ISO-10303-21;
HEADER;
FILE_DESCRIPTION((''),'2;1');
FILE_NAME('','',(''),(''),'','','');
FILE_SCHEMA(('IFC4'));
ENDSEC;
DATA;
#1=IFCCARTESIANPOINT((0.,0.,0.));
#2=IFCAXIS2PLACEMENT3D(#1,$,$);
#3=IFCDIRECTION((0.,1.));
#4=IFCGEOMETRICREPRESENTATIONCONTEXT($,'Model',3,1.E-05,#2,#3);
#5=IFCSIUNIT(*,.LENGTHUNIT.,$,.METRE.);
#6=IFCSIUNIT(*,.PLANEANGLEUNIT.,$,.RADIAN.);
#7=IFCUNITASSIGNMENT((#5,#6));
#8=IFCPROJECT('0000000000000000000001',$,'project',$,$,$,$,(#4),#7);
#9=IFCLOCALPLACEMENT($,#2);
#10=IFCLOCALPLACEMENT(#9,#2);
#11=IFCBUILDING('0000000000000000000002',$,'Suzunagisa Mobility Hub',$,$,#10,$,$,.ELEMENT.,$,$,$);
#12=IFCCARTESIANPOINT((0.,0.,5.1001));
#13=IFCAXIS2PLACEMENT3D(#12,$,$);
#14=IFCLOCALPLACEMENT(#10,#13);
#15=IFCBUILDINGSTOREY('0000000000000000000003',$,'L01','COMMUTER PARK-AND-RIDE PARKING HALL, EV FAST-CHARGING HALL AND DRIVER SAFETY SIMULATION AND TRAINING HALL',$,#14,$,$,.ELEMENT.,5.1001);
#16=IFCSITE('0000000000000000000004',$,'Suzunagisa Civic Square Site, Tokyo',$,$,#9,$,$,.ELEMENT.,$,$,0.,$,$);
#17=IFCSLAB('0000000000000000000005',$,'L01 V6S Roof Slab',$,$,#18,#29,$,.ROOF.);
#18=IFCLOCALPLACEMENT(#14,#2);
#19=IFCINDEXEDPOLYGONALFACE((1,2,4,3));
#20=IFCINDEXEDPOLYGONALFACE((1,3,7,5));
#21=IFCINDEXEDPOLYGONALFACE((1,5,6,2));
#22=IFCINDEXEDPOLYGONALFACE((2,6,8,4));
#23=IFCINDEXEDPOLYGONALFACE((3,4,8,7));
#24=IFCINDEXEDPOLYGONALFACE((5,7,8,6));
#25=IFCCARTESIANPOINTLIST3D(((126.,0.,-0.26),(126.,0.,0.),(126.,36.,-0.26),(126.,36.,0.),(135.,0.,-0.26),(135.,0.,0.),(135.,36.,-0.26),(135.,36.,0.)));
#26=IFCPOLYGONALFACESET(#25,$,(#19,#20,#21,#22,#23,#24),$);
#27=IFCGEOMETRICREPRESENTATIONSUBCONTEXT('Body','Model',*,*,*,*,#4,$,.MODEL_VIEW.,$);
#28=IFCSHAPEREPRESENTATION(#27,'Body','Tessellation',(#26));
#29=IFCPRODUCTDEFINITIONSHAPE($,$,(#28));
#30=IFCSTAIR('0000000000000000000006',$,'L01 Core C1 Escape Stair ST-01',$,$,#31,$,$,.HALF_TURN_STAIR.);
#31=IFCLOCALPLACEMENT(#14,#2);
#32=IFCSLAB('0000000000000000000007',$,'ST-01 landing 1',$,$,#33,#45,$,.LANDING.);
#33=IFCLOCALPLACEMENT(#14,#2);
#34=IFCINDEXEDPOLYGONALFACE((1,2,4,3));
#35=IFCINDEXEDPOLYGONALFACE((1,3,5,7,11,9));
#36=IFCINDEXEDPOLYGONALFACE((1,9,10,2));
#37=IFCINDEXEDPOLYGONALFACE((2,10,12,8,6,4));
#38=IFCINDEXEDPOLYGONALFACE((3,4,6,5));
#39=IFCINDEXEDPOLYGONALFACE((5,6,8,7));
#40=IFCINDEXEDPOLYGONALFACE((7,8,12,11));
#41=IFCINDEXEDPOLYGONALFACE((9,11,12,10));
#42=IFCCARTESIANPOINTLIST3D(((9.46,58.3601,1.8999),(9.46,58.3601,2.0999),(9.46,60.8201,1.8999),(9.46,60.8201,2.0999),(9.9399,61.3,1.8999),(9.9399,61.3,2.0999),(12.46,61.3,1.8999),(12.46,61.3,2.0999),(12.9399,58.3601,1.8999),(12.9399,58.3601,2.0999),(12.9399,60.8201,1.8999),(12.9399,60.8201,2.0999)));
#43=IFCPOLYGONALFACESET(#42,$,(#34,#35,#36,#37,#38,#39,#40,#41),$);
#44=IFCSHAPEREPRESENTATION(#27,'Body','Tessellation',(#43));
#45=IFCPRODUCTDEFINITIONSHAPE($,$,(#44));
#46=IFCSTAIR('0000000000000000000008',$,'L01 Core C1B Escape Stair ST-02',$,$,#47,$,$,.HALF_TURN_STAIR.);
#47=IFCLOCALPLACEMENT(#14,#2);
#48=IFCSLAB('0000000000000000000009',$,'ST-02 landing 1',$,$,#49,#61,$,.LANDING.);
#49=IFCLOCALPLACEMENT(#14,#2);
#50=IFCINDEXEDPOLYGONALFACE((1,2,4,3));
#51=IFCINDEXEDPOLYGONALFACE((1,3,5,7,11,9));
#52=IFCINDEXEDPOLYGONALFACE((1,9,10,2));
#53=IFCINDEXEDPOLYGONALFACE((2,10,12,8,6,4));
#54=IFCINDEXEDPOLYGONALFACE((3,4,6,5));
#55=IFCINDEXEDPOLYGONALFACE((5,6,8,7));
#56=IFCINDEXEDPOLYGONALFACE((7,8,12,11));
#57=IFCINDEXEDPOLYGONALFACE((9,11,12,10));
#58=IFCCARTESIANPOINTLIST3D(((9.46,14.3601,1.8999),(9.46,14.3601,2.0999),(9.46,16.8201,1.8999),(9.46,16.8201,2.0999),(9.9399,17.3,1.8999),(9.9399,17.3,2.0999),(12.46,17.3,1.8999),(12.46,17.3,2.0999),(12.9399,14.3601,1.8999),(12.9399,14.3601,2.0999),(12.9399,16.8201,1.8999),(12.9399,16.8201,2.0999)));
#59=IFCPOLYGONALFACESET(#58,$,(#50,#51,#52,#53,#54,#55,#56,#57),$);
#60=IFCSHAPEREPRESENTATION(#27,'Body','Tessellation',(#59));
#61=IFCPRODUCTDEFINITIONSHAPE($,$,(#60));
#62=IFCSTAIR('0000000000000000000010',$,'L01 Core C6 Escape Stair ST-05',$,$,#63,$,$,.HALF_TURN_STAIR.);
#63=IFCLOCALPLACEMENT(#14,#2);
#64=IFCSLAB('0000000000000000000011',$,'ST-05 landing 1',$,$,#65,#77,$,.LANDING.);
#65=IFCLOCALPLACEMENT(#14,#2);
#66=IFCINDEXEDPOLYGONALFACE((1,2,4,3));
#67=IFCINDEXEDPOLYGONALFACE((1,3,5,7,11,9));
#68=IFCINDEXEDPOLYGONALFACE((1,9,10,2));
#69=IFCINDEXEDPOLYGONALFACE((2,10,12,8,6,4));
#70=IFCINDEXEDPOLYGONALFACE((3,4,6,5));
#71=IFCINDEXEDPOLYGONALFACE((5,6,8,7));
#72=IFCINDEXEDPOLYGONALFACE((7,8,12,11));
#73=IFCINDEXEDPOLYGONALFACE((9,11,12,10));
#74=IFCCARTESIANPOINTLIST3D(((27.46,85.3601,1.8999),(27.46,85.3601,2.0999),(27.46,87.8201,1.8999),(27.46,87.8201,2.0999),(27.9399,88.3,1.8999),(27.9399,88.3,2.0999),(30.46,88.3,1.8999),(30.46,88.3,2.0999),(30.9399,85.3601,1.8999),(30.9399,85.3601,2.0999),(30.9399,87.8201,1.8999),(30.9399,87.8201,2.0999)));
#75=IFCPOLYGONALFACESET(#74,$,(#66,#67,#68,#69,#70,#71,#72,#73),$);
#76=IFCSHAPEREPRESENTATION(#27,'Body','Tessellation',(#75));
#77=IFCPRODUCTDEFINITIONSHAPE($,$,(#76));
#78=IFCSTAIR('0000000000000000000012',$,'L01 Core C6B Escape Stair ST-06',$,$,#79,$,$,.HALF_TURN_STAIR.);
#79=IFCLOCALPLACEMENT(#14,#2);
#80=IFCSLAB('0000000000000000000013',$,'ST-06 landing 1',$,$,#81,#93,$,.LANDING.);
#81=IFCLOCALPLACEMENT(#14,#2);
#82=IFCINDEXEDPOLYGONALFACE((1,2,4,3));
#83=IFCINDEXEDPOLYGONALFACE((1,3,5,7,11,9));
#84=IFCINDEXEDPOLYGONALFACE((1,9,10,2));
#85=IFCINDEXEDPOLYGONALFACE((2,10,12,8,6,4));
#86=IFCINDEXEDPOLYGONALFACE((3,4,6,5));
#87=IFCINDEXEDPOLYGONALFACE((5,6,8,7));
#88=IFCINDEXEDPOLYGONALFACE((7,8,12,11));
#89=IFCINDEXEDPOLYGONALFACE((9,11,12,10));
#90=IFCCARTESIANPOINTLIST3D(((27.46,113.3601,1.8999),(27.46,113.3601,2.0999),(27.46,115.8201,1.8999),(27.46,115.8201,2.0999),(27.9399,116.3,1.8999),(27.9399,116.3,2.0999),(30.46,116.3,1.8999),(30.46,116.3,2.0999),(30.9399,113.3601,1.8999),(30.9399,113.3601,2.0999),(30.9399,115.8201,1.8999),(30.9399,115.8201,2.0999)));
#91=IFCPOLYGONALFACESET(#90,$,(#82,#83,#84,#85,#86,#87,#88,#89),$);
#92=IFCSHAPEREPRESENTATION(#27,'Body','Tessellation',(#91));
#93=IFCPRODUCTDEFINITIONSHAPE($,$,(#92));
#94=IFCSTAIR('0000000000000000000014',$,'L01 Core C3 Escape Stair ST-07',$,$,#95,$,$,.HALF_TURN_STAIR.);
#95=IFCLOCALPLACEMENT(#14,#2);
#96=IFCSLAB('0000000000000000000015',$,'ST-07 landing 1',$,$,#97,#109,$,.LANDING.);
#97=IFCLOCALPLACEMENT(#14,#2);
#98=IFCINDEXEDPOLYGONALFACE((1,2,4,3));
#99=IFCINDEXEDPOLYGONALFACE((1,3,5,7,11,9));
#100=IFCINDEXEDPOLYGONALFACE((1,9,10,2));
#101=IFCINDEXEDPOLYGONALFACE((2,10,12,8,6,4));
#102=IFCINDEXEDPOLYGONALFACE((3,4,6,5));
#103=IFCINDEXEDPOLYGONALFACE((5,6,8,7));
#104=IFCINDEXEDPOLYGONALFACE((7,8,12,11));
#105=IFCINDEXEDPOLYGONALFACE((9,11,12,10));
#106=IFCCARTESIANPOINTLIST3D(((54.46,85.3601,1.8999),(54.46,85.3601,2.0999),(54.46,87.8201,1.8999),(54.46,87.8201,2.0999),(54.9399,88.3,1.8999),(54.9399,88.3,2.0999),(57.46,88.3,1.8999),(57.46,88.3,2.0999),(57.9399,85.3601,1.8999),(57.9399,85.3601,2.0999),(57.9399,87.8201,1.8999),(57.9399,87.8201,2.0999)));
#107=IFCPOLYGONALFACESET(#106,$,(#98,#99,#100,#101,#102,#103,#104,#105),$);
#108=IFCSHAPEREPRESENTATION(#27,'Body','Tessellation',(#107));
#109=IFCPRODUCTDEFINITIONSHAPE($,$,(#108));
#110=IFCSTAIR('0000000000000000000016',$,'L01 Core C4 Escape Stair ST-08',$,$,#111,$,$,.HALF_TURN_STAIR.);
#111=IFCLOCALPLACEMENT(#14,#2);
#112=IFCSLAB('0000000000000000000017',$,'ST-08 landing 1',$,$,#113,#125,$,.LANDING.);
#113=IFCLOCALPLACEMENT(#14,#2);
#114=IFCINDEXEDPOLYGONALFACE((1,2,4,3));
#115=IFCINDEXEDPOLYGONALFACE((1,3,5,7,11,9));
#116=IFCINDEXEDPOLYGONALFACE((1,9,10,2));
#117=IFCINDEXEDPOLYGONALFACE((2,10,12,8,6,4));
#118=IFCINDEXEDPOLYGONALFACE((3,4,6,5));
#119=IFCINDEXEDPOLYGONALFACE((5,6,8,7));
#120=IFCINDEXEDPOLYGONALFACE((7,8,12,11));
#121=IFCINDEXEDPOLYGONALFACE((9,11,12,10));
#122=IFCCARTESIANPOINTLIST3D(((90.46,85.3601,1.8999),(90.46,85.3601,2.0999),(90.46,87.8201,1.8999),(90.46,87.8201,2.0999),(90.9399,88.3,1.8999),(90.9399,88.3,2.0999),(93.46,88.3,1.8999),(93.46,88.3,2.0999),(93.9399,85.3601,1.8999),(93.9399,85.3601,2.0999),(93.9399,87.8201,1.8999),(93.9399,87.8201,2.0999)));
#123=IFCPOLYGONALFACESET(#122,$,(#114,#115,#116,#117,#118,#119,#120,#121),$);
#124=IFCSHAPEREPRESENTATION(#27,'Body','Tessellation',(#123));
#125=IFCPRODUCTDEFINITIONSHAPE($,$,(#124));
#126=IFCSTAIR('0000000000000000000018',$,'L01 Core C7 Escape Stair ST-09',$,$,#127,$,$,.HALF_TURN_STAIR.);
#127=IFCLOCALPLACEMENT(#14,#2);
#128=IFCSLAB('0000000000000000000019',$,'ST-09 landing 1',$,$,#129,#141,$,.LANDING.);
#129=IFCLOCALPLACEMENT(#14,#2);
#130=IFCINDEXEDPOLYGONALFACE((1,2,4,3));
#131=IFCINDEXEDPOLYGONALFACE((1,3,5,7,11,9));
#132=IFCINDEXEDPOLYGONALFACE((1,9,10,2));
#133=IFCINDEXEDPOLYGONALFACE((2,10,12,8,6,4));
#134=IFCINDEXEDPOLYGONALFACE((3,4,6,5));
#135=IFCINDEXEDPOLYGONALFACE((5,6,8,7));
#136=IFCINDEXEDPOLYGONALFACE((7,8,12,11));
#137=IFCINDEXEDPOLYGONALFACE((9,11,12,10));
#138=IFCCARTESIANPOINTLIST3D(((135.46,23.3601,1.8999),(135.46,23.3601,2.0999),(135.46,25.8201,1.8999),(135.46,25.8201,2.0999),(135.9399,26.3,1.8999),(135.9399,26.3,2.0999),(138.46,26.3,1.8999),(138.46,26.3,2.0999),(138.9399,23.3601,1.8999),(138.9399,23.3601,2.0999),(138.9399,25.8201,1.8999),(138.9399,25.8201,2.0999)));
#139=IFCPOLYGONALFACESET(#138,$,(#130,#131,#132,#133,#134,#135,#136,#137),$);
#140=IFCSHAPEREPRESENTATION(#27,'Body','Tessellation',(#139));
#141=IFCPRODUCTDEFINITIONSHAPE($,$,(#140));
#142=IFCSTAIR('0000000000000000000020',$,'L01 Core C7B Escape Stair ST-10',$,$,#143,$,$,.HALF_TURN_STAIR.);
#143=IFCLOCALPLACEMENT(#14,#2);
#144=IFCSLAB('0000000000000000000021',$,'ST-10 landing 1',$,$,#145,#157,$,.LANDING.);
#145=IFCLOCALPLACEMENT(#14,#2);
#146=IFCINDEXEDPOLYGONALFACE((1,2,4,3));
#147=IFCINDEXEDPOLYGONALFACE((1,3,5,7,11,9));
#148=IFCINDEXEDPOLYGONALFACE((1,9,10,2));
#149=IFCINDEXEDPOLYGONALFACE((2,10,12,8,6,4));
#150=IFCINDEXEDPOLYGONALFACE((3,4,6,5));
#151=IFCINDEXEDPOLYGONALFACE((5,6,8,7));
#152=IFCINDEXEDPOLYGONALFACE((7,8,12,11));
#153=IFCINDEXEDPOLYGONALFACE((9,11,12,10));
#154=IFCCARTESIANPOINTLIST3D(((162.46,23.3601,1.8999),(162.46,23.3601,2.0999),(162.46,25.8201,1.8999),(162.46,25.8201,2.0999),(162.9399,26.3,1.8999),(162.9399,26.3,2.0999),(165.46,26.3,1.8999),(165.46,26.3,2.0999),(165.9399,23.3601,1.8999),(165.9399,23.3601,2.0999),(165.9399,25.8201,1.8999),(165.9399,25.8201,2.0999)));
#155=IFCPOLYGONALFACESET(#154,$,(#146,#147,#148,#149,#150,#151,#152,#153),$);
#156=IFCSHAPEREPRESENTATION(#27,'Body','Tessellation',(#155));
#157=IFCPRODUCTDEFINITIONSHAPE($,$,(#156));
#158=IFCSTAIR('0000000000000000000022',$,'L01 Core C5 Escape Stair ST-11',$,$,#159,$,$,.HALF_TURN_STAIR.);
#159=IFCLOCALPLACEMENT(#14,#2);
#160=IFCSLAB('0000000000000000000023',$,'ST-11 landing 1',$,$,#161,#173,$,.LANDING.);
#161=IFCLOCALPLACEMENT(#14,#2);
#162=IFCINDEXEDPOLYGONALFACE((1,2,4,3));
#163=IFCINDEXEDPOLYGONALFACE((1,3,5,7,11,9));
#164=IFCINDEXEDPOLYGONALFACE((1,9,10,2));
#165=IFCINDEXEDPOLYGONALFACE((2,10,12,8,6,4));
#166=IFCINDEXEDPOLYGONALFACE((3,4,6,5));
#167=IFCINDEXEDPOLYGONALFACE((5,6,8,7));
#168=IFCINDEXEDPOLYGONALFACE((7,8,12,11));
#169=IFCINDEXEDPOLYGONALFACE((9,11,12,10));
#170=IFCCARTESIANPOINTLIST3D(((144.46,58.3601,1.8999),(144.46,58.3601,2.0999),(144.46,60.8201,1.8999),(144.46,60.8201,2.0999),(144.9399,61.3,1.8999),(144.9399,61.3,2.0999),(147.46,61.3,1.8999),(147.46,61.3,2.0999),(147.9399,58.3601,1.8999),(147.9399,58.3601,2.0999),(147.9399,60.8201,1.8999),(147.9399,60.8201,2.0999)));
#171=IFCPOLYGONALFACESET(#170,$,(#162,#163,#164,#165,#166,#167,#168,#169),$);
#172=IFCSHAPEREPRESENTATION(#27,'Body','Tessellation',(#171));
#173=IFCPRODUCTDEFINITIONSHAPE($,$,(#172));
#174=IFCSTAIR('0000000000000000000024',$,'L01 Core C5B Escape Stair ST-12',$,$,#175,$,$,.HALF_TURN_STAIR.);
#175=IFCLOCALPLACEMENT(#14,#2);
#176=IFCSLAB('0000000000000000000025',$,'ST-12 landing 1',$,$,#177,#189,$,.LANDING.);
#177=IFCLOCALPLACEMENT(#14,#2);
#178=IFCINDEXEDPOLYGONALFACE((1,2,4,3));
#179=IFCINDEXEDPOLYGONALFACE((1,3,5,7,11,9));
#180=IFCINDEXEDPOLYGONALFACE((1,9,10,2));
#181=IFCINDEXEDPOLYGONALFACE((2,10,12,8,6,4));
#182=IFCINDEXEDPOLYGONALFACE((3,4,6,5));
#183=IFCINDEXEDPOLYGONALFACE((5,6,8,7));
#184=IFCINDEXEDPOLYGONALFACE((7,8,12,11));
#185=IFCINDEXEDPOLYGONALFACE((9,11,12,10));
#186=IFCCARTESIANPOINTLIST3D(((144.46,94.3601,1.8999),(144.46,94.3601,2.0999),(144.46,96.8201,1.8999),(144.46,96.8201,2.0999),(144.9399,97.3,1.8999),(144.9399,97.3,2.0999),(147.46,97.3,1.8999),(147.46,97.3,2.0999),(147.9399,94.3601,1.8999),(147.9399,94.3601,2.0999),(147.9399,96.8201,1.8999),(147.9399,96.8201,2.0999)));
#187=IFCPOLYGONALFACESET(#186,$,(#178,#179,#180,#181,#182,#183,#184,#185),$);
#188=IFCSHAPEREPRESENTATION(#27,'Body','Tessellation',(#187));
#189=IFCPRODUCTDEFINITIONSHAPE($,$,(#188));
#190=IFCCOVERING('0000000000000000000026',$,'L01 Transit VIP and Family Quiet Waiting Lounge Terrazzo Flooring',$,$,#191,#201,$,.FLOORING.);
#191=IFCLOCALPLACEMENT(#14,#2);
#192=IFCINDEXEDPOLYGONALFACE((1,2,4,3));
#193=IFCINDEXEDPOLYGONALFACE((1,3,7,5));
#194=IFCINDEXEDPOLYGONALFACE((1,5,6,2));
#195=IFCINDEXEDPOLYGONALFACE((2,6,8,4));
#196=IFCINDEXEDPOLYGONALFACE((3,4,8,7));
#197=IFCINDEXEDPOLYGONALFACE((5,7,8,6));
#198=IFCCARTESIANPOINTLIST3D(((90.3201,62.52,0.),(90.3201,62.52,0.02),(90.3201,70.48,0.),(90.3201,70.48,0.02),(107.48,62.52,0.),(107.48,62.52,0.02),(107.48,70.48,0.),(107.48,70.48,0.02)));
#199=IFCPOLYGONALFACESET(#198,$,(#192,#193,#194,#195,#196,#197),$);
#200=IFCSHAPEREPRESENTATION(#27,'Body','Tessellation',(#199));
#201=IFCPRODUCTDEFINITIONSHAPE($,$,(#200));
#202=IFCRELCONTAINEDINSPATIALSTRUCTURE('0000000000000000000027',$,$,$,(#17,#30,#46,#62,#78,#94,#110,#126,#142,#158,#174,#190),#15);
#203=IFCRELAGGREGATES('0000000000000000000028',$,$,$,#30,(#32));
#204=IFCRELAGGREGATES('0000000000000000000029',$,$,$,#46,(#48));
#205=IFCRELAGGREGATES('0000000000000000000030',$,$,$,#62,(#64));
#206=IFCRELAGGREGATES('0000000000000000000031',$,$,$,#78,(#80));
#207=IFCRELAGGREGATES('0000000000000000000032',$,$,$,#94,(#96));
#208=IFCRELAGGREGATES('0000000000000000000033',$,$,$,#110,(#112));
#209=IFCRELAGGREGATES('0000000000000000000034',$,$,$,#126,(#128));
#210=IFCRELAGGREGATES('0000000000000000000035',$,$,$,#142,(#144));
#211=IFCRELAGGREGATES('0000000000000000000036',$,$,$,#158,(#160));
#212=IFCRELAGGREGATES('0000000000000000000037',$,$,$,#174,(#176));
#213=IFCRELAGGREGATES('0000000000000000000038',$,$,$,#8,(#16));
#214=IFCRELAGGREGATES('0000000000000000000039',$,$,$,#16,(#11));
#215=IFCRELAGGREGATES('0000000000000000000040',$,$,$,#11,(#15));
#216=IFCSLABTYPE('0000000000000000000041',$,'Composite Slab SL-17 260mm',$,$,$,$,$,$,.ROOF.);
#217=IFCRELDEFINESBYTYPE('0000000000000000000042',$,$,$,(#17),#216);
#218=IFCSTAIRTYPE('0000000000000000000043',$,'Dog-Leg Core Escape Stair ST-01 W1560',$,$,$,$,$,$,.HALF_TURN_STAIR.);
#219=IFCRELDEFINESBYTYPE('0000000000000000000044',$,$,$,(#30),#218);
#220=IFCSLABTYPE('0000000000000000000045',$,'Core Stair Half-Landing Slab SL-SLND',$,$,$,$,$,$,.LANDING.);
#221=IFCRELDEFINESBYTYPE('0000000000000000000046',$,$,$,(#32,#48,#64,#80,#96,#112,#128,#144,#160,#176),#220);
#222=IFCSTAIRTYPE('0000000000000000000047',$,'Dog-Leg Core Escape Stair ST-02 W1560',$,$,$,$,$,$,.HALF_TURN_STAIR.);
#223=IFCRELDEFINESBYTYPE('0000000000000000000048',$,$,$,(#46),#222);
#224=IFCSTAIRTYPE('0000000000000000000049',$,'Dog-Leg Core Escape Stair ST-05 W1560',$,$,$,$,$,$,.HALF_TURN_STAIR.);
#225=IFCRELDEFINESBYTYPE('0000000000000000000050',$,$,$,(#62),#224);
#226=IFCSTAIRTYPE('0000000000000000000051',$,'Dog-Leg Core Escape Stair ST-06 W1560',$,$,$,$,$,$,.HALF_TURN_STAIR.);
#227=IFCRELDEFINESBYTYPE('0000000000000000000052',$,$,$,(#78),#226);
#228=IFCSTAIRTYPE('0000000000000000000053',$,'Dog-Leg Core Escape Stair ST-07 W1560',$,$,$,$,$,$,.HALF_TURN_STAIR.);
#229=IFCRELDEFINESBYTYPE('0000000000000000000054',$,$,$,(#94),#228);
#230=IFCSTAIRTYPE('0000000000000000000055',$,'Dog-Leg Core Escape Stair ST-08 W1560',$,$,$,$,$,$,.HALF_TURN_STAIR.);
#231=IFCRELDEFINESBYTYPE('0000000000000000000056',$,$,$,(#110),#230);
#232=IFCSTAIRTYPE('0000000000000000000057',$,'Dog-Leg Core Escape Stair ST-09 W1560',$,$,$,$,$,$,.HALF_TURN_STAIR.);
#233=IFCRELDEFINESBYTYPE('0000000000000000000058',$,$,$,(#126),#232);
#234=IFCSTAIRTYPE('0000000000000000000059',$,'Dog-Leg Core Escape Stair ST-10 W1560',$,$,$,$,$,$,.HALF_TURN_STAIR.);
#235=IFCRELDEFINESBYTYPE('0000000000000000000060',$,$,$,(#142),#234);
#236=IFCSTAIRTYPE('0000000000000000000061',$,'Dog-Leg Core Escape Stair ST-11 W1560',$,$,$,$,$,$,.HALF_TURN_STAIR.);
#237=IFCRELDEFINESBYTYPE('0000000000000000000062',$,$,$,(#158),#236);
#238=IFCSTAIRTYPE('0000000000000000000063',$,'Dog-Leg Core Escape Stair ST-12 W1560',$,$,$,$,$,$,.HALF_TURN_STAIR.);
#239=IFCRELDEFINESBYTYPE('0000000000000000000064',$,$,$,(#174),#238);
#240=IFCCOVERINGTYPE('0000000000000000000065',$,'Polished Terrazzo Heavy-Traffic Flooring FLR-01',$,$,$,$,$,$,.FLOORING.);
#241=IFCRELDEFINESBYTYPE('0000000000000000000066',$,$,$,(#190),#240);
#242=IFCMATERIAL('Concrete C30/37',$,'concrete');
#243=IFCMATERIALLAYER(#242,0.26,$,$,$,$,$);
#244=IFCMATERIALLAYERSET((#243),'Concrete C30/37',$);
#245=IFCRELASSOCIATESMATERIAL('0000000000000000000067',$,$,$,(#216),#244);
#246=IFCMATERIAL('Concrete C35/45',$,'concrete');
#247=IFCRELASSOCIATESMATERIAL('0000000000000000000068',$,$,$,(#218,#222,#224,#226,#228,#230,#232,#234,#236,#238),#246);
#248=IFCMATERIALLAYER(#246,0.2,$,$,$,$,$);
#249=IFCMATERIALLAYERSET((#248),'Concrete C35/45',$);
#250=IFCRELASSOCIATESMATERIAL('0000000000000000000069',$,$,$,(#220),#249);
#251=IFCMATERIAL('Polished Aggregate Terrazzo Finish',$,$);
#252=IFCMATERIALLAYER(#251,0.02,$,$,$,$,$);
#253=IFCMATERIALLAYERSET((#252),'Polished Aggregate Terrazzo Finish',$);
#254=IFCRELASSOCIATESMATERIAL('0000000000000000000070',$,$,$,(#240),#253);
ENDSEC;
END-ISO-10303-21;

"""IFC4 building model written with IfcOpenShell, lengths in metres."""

from ifc_helpers import new_model, si_unit, direction, frame, origin, place, context, subcontext, project, spatial, polyline, outline, extrude, material, layer, layer_set, type_object, element, aggregate, save


model = new_model("IFC4")

# Units and contexts
model_context = context("Model", 3, precision=1e-05, world=origin(), true_north=direction((0.0, 1.0)))
body_context = subcontext(model_context, "Body", "Model", "MODEL_VIEW")
ifc_project = project(units=[si_unit("LENGTHUNIT", "METRE"), si_unit("PLANEANGLEUNIT", "RADIAN")], contexts=[model_context])

# Site, building, storey
site_placement = place(None, origin())
site = spatial("IfcSite", under=ifc_project, at=site_placement, Name="Suzunagisa Civic Square Site, Tokyo", CompositionType="ELEMENT", RefElevation=0.0)
building_placement = place(site_placement, origin())
building = spatial("IfcBuilding", under=site, at=building_placement, Name="Suzunagisa Mobility Hub", CompositionType="ELEMENT")
storey_placement = place(building_placement, frame((0.0, 0.0, 5.1001)))
storey = spatial("IfcBuildingStorey", under=building, at=storey_placement, Name="L01", Description="COMMUTER PARK-AND-RIDE PARKING HALL, EV FAST-CHARGING HALL AND DRIVER SAFETY SIMULATION AND TRAINING HALL", CompositionType="ELEMENT", Elevation=5.1001)

# Slab
ifc_material_1 = material(Name="Concrete C30/37", Category="concrete")
ifc_material_2 = material(Name="Concrete C35/45", Category="concrete")
ifc_layer_1 = layer(ifc_material_1, 0.26)
ifc_layer_set_1 = layer_set([ifc_layer_1], Name="Concrete C30/37")
slab_type_1 = type_object("IfcSlabType", Name="Composite Slab SL-17 260mm", PredefinedType="ROOF", material=ifc_layer_set_1)
slab_1_placement = place(storey_placement, frame((0.0, 0.0, -0.26)))
element("IfcSlab", 1, at=slab_1_placement, inside=storey, type_object=slab_type_1, Name="L01 V6S Roof Slab", PredefinedType="ROOF", context=body_context, shape_type="SweptSolid", body=[
    extrude(outline(polyline([(126.0, 0.0), (135.0, 0.0), (135.0, 36.0), (126.0, 36.0), (126.0, 0.0)])), origin(), (0.0, 0.0, 1.0), 0.26),
])

# Stairs, slabs
stair_type_1 = type_object("IfcStairType", Name="Dog-Leg Core Escape Stair ST-01 W1560", PredefinedType="HALF_TURN_STAIR", material=ifc_material_2)
stair_1_placement = place(storey_placement, origin())
stair_1 = element("IfcStair", 2, at=stair_1_placement, inside=storey, type_object=stair_type_1, Name="L01 Core C1 Escape Stair ST-01", PredefinedType="HALF_TURN_STAIR")
ifc_layer_2 = layer(ifc_material_2, 0.2)
ifc_layer_set_2 = layer_set([ifc_layer_2], Name="Concrete C35/45")
slab_type_2 = type_object("IfcSlabType", Name="Core Stair Half-Landing Slab SL-SLND", PredefinedType="LANDING", material=ifc_layer_set_2)
slab_2_placement = place(storey_placement, frame((0.0, 0.0, 1.8999)))
slab_2 = element("IfcSlab", 3, at=slab_2_placement, type_object=slab_type_2, Name="ST-01 landing 1", PredefinedType="LANDING", context=body_context, shape_type="SweptSolid", body=[
    extrude(outline(polyline([(9.46, 58.3601), (12.9399, 58.3601), (12.9399, 60.8201), (12.46, 61.3), (9.9399, 61.3), (9.46, 60.8201), (9.46, 58.3601)])), origin(), (0.0, 0.0, 1.0), 0.2),
])
aggregate(stair_1, [slab_2])
stair_type_2 = type_object("IfcStairType", Name="Dog-Leg Core Escape Stair ST-02 W1560", PredefinedType="HALF_TURN_STAIR", material=ifc_material_2)
stair_2_placement = place(storey_placement, origin())
stair_2 = element("IfcStair", 4, at=stair_2_placement, inside=storey, type_object=stair_type_2, Name="L01 Core C1B Escape Stair ST-02", PredefinedType="HALF_TURN_STAIR")
slab_3_placement = place(storey_placement, frame((0.0, 0.0, 1.8999)))
slab_3 = element("IfcSlab", 5, at=slab_3_placement, type_object=slab_type_2, Name="ST-02 landing 1", PredefinedType="LANDING", context=body_context, shape_type="SweptSolid", body=[
    extrude(outline(polyline([(9.46, 14.3601), (12.9399, 14.3601), (12.9399, 16.8201), (12.46, 17.3), (9.9399, 17.3), (9.46, 16.8201), (9.46, 14.3601)])), origin(), (0.0, 0.0, 1.0), 0.2),
])
aggregate(stair_2, [slab_3])
stair_type_3 = type_object("IfcStairType", Name="Dog-Leg Core Escape Stair ST-05 W1560", PredefinedType="HALF_TURN_STAIR", material=ifc_material_2)
stair_3_placement = place(storey_placement, origin())
stair_3 = element("IfcStair", 6, at=stair_3_placement, inside=storey, type_object=stair_type_3, Name="L01 Core C6 Escape Stair ST-05", PredefinedType="HALF_TURN_STAIR")
slab_4_placement = place(storey_placement, frame((0.0, 0.0, 1.8999)))
slab_4 = element("IfcSlab", 7, at=slab_4_placement, type_object=slab_type_2, Name="ST-05 landing 1", PredefinedType="LANDING", context=body_context, shape_type="SweptSolid", body=[
    extrude(outline(polyline([(27.46, 85.3601), (30.9399, 85.3601), (30.9399, 87.8201), (30.46, 88.3), (27.9399, 88.3), (27.46, 87.8201), (27.46, 85.3601)])), origin(), (0.0, 0.0, 1.0), 0.2),
])
aggregate(stair_3, [slab_4])
stair_type_4 = type_object("IfcStairType", Name="Dog-Leg Core Escape Stair ST-06 W1560", PredefinedType="HALF_TURN_STAIR", material=ifc_material_2)
stair_4_placement = place(storey_placement, origin())
stair_4 = element("IfcStair", 8, at=stair_4_placement, inside=storey, type_object=stair_type_4, Name="L01 Core C6B Escape Stair ST-06", PredefinedType="HALF_TURN_STAIR")
slab_5_placement = place(storey_placement, frame((0.0, 0.0, 1.8999)))
slab_5 = element("IfcSlab", 9, at=slab_5_placement, type_object=slab_type_2, Name="ST-06 landing 1", PredefinedType="LANDING", context=body_context, shape_type="SweptSolid", body=[
    extrude(outline(polyline([(27.46, 113.3601), (30.9399, 113.3601), (30.9399, 115.8201), (30.46, 116.3), (27.9399, 116.3), (27.46, 115.8201), (27.46, 113.3601)])), origin(), (0.0, 0.0, 1.0), 0.2),
])
aggregate(stair_4, [slab_5])
stair_type_5 = type_object("IfcStairType", Name="Dog-Leg Core Escape Stair ST-07 W1560", PredefinedType="HALF_TURN_STAIR", material=ifc_material_2)
stair_5_placement = place(storey_placement, origin())
stair_5 = element("IfcStair", 10, at=stair_5_placement, inside=storey, type_object=stair_type_5, Name="L01 Core C3 Escape Stair ST-07", PredefinedType="HALF_TURN_STAIR")
slab_6_placement = place(storey_placement, frame((0.0, 0.0, 1.8999)))
slab_6 = element("IfcSlab", 11, at=slab_6_placement, type_object=slab_type_2, Name="ST-07 landing 1", PredefinedType="LANDING", context=body_context, shape_type="SweptSolid", body=[
    extrude(outline(polyline([(54.46, 85.3601), (57.9399, 85.3601), (57.9399, 87.8201), (57.46, 88.3), (54.9399, 88.3), (54.46, 87.8201), (54.46, 85.3601)])), origin(), (0.0, 0.0, 1.0), 0.2),
])
aggregate(stair_5, [slab_6])
stair_type_6 = type_object("IfcStairType", Name="Dog-Leg Core Escape Stair ST-08 W1560", PredefinedType="HALF_TURN_STAIR", material=ifc_material_2)
stair_6_placement = place(storey_placement, origin())
stair_6 = element("IfcStair", 12, at=stair_6_placement, inside=storey, type_object=stair_type_6, Name="L01 Core C4 Escape Stair ST-08", PredefinedType="HALF_TURN_STAIR")
slab_7_placement = place(storey_placement, frame((0.0, 0.0, 1.8999)))
slab_7 = element("IfcSlab", 13, at=slab_7_placement, type_object=slab_type_2, Name="ST-08 landing 1", PredefinedType="LANDING", context=body_context, shape_type="SweptSolid", body=[
    extrude(outline(polyline([(90.46, 85.3601), (93.9399, 85.3601), (93.9399, 87.8201), (93.46, 88.3), (90.9399, 88.3), (90.46, 87.8201), (90.46, 85.3601)])), origin(), (0.0, 0.0, 1.0), 0.2),
])
aggregate(stair_6, [slab_7])
stair_type_7 = type_object("IfcStairType", Name="Dog-Leg Core Escape Stair ST-09 W1560", PredefinedType="HALF_TURN_STAIR", material=ifc_material_2)
stair_7_placement = place(storey_placement, origin())
stair_7 = element("IfcStair", 14, at=stair_7_placement, inside=storey, type_object=stair_type_7, Name="L01 Core C7 Escape Stair ST-09", PredefinedType="HALF_TURN_STAIR")
slab_8_placement = place(storey_placement, frame((0.0, 0.0, 1.8999)))
slab_8 = element("IfcSlab", 15, at=slab_8_placement, type_object=slab_type_2, Name="ST-09 landing 1", PredefinedType="LANDING", context=body_context, shape_type="SweptSolid", body=[
    extrude(outline(polyline([(135.46, 23.3601), (138.9399, 23.3601), (138.9399, 25.8201), (138.46, 26.3), (135.9399, 26.3), (135.46, 25.8201), (135.46, 23.3601)])), origin(), (0.0, 0.0, 1.0), 0.2),
])
aggregate(stair_7, [slab_8])
stair_type_8 = type_object("IfcStairType", Name="Dog-Leg Core Escape Stair ST-10 W1560", PredefinedType="HALF_TURN_STAIR", material=ifc_material_2)
stair_8_placement = place(storey_placement, origin())
stair_8 = element("IfcStair", 16, at=stair_8_placement, inside=storey, type_object=stair_type_8, Name="L01 Core C7B Escape Stair ST-10", PredefinedType="HALF_TURN_STAIR")
slab_9_placement = place(storey_placement, frame((0.0, 0.0, 1.8999)))
slab_9 = element("IfcSlab", 17, at=slab_9_placement, type_object=slab_type_2, Name="ST-10 landing 1", PredefinedType="LANDING", context=body_context, shape_type="SweptSolid", body=[
    extrude(outline(polyline([(162.46, 23.3601), (165.9399, 23.3601), (165.9399, 25.8201), (165.46, 26.3), (162.9399, 26.3), (162.46, 25.8201), (162.46, 23.3601)])), origin(), (0.0, 0.0, 1.0), 0.2),
])
aggregate(stair_8, [slab_9])
stair_type_9 = type_object("IfcStairType", Name="Dog-Leg Core Escape Stair ST-11 W1560", PredefinedType="HALF_TURN_STAIR", material=ifc_material_2)
stair_9_placement = place(storey_placement, origin())
stair_9 = element("IfcStair", 18, at=stair_9_placement, inside=storey, type_object=stair_type_9, Name="L01 Core C5 Escape Stair ST-11", PredefinedType="HALF_TURN_STAIR")
slab_10_placement = place(storey_placement, frame((0.0, 0.0, 1.8999)))
slab_10 = element("IfcSlab", 19, at=slab_10_placement, type_object=slab_type_2, Name="ST-11 landing 1", PredefinedType="LANDING", context=body_context, shape_type="SweptSolid", body=[
    extrude(outline(polyline([(144.46, 58.3601), (147.9399, 58.3601), (147.9399, 60.8201), (147.46, 61.3), (144.9399, 61.3), (144.46, 60.8201), (144.46, 58.3601)])), origin(), (0.0, 0.0, 1.0), 0.2),
])
aggregate(stair_9, [slab_10])
stair_type_10 = type_object("IfcStairType", Name="Dog-Leg Core Escape Stair ST-12 W1560", PredefinedType="HALF_TURN_STAIR", material=ifc_material_2)
stair_10_placement = place(storey_placement, origin())
stair_10 = element("IfcStair", 20, at=stair_10_placement, inside=storey, type_object=stair_type_10, Name="L01 Core C5B Escape Stair ST-12", PredefinedType="HALF_TURN_STAIR")
slab_11_placement = place(storey_placement, frame((0.0, 0.0, 1.8999)))
slab_11 = element("IfcSlab", 21, at=slab_11_placement, type_object=slab_type_2, Name="ST-12 landing 1", PredefinedType="LANDING", context=body_context, shape_type="SweptSolid", body=[
    extrude(outline(polyline([(144.46, 94.3601), (147.9399, 94.3601), (147.9399, 96.8201), (147.46, 97.3), (144.9399, 97.3), (144.46, 96.8201), (144.46, 94.3601)])), origin(), (0.0, 0.0, 1.0), 0.2),
])
aggregate(stair_10, [slab_11])

# Covering
ifc_material_3 = material(Name="Polished Aggregate Terrazzo Finish")
ifc_layer_3 = layer(ifc_material_3, 0.02)
ifc_layer_set_3 = layer_set([ifc_layer_3], Name="Polished Aggregate Terrazzo Finish")
covering_type = type_object("IfcCoveringType", Name="Polished Terrazzo Heavy-Traffic Flooring FLR-01", PredefinedType="FLOORING", material=ifc_layer_set_3)
covering_1_placement = place(storey_placement, origin())
element("IfcCovering", 22, at=covering_1_placement, inside=storey, type_object=covering_type, Name="L01 Transit VIP and Family Quiet Waiting Lounge Terrazzo Flooring", PredefinedType="FLOORING", context=body_context, shape_type="SweptSolid", body=[
    extrude(outline(polyline([(90.3201, 62.52), (90.3201, 70.48), (107.48, 70.48), (107.48, 62.52), (90.3201, 62.52)])), origin(), (0.0, 0.0, 1.0), 0.02),
])

save(model, "model.ifc")
